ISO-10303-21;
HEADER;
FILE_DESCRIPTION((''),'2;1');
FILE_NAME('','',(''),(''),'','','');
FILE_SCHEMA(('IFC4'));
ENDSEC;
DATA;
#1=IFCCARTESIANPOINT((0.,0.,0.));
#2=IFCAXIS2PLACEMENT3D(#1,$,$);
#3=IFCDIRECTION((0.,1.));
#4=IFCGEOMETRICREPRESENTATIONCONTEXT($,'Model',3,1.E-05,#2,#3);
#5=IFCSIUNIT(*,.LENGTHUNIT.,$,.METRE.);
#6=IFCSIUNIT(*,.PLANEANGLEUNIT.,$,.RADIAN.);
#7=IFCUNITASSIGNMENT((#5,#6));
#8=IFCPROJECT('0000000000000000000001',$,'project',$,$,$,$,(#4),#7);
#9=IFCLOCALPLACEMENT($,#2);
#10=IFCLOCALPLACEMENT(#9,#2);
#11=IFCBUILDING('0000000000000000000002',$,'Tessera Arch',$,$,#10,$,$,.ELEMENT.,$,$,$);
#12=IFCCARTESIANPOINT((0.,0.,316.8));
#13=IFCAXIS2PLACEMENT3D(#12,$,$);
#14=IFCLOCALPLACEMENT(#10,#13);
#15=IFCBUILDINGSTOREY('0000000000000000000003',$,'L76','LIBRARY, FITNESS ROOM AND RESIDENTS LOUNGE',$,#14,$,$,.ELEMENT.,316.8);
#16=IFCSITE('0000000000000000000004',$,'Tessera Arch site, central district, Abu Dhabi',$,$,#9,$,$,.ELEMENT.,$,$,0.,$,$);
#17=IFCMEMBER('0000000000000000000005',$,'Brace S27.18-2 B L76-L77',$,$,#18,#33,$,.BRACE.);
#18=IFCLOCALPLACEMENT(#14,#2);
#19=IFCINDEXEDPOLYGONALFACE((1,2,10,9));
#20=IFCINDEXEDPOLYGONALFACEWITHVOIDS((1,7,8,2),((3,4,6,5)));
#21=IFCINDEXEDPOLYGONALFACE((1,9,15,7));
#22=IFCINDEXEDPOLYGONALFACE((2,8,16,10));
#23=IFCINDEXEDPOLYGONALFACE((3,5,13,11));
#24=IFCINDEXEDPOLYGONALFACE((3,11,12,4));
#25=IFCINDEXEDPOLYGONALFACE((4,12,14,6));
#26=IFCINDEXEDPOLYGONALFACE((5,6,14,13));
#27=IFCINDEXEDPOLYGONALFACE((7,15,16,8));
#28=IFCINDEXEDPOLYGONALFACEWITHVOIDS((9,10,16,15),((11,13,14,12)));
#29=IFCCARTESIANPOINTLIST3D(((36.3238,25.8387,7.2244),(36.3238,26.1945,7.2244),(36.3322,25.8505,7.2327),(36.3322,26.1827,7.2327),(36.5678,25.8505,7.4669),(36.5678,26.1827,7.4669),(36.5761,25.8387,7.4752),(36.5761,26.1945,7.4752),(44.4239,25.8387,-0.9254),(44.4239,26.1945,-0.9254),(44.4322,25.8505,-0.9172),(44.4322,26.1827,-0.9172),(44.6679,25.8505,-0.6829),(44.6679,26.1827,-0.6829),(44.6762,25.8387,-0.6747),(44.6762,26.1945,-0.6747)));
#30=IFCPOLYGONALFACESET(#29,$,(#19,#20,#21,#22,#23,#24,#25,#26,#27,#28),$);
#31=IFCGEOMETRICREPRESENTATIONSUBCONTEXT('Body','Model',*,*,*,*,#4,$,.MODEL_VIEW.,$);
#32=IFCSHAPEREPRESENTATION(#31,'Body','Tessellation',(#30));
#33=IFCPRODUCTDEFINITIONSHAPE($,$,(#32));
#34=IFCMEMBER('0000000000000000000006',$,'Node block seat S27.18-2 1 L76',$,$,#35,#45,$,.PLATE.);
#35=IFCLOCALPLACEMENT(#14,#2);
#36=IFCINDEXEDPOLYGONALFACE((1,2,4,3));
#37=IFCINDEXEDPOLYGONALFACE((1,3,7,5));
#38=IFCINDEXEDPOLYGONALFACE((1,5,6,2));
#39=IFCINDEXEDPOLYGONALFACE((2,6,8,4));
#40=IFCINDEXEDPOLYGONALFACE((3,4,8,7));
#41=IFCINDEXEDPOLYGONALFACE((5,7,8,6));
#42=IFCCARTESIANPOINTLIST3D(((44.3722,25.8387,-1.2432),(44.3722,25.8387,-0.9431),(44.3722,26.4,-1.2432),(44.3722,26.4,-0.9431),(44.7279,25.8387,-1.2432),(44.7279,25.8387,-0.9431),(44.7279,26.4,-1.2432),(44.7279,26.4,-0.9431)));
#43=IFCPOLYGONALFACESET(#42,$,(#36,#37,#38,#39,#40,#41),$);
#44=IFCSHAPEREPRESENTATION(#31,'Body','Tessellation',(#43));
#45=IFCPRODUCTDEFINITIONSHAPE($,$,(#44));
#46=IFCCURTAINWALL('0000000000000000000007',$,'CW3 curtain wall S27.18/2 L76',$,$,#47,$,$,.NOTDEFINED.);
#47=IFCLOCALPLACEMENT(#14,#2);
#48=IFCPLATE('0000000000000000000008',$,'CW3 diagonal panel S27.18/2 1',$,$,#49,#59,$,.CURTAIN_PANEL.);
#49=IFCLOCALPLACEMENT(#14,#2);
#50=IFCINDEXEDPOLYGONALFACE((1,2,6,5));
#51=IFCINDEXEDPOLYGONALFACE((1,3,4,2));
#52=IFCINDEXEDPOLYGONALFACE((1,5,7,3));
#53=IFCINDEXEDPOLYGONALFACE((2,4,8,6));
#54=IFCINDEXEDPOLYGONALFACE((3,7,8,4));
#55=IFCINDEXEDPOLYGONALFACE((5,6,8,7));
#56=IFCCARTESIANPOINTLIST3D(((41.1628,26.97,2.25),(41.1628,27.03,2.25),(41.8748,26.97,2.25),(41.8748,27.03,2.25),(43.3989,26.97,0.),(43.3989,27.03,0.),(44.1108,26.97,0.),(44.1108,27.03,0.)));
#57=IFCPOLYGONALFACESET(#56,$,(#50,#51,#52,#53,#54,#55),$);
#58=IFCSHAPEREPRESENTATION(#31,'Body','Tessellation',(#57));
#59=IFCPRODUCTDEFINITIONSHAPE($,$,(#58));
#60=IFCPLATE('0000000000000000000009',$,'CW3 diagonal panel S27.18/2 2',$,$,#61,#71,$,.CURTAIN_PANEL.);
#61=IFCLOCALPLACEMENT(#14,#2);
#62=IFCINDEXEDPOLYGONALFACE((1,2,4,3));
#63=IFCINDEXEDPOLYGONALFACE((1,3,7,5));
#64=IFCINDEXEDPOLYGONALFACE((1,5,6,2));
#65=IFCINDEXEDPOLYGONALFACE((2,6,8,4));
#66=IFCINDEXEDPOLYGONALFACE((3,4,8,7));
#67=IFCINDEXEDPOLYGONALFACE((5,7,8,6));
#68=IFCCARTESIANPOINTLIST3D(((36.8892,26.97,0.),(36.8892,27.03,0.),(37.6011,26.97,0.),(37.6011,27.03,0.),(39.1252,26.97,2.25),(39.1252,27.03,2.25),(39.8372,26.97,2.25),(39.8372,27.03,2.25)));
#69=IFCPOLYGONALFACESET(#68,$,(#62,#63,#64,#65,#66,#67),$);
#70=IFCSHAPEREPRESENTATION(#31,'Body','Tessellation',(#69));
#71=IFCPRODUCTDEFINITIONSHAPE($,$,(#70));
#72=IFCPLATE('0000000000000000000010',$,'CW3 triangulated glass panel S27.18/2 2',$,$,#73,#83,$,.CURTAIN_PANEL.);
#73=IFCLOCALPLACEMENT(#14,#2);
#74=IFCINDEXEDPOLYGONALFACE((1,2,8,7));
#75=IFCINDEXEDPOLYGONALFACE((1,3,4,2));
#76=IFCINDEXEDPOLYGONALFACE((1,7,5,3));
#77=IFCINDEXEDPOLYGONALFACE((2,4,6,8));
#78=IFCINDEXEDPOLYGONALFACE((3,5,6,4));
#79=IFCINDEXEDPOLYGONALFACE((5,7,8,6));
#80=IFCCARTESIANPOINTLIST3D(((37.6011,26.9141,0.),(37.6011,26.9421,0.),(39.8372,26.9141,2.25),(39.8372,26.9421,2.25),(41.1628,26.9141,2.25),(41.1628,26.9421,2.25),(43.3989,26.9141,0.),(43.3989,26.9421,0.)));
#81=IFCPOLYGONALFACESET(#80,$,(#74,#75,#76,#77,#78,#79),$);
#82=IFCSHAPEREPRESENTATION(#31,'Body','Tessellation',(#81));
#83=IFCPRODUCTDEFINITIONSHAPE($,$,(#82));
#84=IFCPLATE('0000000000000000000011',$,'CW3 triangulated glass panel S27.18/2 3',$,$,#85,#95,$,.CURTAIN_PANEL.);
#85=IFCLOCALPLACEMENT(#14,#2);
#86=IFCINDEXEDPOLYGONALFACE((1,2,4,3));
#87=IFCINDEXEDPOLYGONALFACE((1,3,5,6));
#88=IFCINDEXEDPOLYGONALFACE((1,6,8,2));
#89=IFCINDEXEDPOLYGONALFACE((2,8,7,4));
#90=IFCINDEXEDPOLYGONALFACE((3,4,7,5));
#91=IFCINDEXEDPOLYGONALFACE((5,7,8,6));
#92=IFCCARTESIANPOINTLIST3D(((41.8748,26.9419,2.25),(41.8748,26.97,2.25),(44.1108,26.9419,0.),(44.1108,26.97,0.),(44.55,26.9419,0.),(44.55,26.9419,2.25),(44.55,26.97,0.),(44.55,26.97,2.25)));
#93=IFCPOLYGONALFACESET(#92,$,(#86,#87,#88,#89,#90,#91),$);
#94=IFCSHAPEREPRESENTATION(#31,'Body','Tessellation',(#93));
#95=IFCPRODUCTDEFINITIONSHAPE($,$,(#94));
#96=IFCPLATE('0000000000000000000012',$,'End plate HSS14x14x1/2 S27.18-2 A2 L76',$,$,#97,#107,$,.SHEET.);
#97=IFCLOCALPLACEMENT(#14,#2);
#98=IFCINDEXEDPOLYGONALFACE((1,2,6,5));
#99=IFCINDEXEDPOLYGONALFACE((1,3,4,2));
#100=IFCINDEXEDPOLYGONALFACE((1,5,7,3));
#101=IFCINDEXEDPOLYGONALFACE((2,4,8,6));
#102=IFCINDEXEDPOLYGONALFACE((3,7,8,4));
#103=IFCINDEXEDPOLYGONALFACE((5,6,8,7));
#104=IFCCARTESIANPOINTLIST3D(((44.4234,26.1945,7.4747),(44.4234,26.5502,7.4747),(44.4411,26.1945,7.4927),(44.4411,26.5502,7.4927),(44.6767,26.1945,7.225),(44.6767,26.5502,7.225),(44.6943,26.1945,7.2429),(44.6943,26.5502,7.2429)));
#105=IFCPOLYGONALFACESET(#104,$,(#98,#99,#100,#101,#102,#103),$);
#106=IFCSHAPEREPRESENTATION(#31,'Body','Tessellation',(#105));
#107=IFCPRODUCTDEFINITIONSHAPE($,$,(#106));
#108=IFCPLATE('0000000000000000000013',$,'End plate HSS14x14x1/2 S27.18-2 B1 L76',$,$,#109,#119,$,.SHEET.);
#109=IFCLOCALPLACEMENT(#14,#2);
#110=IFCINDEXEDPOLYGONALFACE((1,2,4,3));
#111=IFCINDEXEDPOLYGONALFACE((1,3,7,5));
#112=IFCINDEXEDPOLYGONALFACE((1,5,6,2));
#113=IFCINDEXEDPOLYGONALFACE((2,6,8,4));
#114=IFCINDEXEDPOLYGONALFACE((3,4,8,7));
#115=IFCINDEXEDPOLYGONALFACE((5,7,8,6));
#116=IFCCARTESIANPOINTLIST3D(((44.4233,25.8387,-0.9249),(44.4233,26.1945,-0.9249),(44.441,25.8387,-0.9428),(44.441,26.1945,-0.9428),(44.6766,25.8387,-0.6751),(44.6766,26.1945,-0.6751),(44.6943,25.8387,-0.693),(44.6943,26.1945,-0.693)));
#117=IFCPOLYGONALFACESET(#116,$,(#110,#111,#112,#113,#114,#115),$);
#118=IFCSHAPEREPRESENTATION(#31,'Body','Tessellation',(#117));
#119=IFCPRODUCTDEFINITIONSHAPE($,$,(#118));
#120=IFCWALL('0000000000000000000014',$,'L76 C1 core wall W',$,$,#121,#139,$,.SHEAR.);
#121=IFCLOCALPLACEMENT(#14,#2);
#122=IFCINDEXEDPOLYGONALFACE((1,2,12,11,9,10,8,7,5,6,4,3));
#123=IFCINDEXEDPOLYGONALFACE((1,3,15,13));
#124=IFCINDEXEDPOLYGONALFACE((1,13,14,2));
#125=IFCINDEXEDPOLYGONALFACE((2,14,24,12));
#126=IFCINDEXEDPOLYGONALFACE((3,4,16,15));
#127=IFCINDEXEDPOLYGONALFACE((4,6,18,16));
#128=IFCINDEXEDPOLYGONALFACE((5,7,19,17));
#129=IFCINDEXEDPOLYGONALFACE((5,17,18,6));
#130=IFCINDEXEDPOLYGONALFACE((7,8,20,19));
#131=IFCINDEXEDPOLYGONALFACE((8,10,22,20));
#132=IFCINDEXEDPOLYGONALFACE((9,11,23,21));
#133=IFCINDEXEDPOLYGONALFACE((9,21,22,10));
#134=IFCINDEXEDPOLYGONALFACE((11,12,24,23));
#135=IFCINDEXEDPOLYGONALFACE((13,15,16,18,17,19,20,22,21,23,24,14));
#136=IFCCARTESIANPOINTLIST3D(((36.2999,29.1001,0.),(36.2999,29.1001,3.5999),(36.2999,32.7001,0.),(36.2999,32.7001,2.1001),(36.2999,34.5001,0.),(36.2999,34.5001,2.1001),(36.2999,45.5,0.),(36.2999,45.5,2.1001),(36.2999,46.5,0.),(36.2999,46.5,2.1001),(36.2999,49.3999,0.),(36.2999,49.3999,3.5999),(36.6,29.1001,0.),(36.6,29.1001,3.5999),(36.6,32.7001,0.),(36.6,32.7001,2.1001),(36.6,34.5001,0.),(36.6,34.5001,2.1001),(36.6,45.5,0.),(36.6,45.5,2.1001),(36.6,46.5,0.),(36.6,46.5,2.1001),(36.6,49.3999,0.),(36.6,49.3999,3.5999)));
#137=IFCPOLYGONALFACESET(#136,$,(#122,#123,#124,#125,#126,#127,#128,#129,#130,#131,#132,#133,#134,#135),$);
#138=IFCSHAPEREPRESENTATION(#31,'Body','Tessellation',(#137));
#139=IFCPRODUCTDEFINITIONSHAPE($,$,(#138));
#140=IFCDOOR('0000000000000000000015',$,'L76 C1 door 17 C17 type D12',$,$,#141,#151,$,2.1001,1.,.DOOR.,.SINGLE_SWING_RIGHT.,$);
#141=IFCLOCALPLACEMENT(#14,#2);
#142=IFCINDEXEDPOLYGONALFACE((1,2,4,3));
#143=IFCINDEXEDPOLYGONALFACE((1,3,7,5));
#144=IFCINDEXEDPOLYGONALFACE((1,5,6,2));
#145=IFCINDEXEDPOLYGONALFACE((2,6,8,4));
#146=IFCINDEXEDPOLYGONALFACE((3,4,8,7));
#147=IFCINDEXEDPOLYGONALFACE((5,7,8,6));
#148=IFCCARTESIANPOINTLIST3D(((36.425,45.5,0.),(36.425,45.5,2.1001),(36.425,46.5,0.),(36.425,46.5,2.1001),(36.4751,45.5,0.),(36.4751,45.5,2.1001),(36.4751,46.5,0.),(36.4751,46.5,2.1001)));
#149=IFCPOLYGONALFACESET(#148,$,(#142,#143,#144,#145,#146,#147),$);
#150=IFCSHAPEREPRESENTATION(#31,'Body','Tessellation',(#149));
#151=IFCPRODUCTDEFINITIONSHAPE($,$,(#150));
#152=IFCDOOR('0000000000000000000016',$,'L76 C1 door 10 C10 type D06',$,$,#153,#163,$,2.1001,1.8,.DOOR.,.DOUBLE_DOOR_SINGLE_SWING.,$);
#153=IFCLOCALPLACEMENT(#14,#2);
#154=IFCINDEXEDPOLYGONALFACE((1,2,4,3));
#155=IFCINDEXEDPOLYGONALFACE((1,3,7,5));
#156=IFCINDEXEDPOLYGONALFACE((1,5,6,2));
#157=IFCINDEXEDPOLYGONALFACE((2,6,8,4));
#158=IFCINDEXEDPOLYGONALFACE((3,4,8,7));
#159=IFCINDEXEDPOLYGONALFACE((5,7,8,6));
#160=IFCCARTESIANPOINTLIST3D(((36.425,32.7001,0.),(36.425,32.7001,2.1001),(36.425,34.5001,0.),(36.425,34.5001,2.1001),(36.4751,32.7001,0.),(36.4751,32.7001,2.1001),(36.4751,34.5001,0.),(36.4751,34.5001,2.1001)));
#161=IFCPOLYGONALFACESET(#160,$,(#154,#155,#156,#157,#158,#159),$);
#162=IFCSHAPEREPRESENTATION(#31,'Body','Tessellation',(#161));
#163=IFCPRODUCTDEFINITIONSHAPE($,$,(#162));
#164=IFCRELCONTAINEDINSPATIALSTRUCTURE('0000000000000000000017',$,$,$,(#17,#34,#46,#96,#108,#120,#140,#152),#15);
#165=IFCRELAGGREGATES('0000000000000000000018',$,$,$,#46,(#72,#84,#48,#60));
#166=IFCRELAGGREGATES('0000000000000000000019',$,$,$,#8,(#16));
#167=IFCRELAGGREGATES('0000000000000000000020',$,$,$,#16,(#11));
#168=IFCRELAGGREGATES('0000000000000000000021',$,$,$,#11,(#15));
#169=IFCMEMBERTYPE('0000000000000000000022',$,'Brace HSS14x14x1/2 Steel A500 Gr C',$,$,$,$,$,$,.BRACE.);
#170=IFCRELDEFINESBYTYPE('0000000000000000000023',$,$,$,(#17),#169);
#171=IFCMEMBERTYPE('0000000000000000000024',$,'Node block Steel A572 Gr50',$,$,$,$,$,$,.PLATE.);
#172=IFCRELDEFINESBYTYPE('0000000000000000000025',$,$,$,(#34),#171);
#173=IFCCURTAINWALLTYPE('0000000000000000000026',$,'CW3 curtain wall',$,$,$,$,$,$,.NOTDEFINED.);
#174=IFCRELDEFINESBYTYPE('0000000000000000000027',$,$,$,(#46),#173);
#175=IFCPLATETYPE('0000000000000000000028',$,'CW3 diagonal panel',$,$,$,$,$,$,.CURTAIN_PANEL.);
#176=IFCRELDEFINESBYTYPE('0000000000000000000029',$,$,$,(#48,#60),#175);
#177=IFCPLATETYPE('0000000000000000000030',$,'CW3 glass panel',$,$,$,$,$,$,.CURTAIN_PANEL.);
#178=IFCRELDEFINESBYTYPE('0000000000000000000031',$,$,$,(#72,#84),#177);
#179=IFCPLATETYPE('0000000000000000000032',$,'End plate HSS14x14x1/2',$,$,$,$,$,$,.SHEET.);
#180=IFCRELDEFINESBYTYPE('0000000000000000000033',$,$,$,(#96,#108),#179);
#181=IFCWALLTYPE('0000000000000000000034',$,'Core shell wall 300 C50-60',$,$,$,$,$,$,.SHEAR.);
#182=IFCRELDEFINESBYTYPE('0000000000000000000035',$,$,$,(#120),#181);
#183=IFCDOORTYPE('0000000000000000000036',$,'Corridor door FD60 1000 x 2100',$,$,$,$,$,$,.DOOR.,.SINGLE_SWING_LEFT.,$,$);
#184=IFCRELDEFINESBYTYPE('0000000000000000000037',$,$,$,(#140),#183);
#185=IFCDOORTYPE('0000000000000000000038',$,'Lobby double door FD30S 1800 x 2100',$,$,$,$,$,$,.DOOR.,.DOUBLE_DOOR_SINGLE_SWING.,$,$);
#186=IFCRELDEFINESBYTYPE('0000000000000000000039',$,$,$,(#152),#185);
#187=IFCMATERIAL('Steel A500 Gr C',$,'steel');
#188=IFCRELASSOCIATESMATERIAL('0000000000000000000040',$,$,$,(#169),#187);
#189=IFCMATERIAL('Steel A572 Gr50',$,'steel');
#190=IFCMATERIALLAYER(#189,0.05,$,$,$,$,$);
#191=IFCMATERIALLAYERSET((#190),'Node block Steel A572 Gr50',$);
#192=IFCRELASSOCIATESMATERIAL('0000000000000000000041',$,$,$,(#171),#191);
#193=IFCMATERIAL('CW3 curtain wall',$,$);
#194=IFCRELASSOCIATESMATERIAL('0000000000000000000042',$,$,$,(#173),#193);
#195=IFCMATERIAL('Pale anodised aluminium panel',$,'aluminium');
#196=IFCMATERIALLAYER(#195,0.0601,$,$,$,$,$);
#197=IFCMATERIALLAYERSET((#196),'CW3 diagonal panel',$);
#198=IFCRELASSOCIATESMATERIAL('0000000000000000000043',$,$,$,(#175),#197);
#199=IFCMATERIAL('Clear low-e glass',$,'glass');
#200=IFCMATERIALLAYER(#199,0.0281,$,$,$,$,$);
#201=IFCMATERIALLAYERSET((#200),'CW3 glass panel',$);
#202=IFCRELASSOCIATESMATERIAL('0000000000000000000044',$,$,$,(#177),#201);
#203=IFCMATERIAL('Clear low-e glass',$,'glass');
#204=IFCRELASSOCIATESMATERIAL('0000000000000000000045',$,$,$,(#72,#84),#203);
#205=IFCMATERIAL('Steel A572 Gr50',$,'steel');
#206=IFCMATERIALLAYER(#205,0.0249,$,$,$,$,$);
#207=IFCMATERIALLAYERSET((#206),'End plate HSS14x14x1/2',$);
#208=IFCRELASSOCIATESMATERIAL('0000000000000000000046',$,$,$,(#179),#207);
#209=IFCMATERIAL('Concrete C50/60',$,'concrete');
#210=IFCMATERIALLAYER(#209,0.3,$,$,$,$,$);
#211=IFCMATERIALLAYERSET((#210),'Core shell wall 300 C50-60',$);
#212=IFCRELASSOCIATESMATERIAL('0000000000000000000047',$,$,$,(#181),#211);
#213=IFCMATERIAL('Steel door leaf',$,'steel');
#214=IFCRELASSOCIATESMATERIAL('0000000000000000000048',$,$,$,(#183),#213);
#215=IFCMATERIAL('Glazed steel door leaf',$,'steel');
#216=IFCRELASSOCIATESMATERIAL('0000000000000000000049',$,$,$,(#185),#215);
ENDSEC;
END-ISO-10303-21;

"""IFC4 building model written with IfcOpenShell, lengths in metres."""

from ifc_helpers import new_model, si_unit, direction, frame, frame_2d, origin, origin_2d, place, context, subcontext, project, spatial, polyline, rectangle, hollow_rectangle, outline, extrude, material, layer, layer_set, material_profile, profile_set, type_object, element, fill, aggregate, save


model = new_model("IFC4")

# Units and contexts
model_context = context("Model", 3, precision=1e-05, world=origin(), true_north=direction((0.0, 1.0)))
body_context = subcontext(model_context, "Body", "Model", "MODEL_VIEW")
ifc_project = project(units=[si_unit("LENGTHUNIT", "METRE"), si_unit("PLANEANGLEUNIT", "RADIAN")], contexts=[model_context])

# Site, building, storey
site_placement = place(None, origin())
site = spatial("IfcSite", under=ifc_project, at=site_placement, Name="Tessera Arch site, central district, Abu Dhabi", CompositionType="ELEMENT", RefElevation=0.0)
building_placement = place(site_placement, origin())
building = spatial("IfcBuilding", under=site, at=building_placement, Name="Tessera Arch", CompositionType="ELEMENT")
storey_placement = place(building_placement, frame((0.0, 0.0, 316.8)))
storey = spatial("IfcBuildingStorey", under=building, at=storey_placement, Name="L76", Description="LIBRARY, FITNESS ROOM AND RESIDENTS LOUNGE", CompositionType="ELEMENT", Elevation=316.8)

# Members
ifc_material_1 = material(Name="Steel A500 Gr C", Category="steel")
ifc_material_profile = material_profile(ifc_material_1, hollow_rectangle(XDim=0.3557, YDim=0.3557, WallThickness=0.0117, at=origin_2d()), Name="HSS14x14x1/2")
ifc_profile_set = profile_set([ifc_material_profile], Name="Steel A500 Gr C")
member_type_1 = type_object("IfcMemberType", Name="Brace HSS14x14x1/2 Steel A500 Gr C", PredefinedType="BRACE", material=ifc_profile_set)
member_1_placement = place(storey_placement, frame((44.55, 26.0166, -0.8), z_axis=(-0.704936, 0.0, 0.709271), x_axis=(0.0, -1.0, 0.0)))
element("IfcMember", 1, at=member_1_placement, inside=storey, type_object=member_type_1, Name="Brace S27.18-2 B L76-L77", PredefinedType="BRACE", context=body_context, shape_type="SweptSolid", body=[
    extrude(hollow_rectangle(XDim=0.3557, YDim=0.3557, WallThickness=0.0117, at=origin_2d()), origin(), (0.0, 0.0, 1.0), 11.4905),
])
ifc_material_2 = material(Name="Steel A572 Gr50", Category="steel")
ifc_layer_1 = layer(ifc_material_2, 0.05)
ifc_layer_set_1 = layer_set([ifc_layer_1], Name="Node block Steel A572 Gr50")
member_type_2 = type_object("IfcMemberType", Name="Node block Steel A572 Gr50", PredefinedType="PLATE", material=ifc_layer_set_1)
member_2_placement = place(storey_placement, frame((44.55, 26.1194, -1.2432), z_axis=(0.0, 0.0, 1.0), x_axis=(1.0, 0.0, 0.0)))
element("IfcMember", 2, at=member_2_placement, inside=storey, type_object=member_type_2, Name="Node block seat S27.18-2 1 L76", PredefinedType="PLATE", context=body_context, shape_type="SweptSolid", body=[
    extrude(rectangle(XDim=0.3557, YDim=0.5613, at=origin_2d()), origin(), (0.0, 0.0, 1.0), 0.3),
])

# Curtain wall, plates
ifc_material_3 = material(Name="CW3 curtain wall")
curtain_wall_type = type_object("IfcCurtainWallType", Name="CW3 curtain wall", PredefinedType="NOTDEFINED", material=ifc_material_3)
curtain_wall_placement = place(storey_placement, origin())
curtain_wall = element("IfcCurtainWall", 3, at=curtain_wall_placement, inside=storey, type_object=curtain_wall_type, Name="CW3 curtain wall S27.18/2 L76", PredefinedType="NOTDEFINED")
ifc_material_4 = material(Name="Pale anodised aluminium panel", Category="aluminium")
ifc_layer_2 = layer(ifc_material_4, 0.0601)
ifc_layer_set_2 = layer_set([ifc_layer_2], Name="CW3 diagonal panel")
plate_type_1 = type_object("IfcPlateType", Name="CW3 diagonal panel", PredefinedType="CURTAIN_PANEL", material=ifc_layer_set_2)
plate_1_placement = place(storey_placement, frame((41.8748, 26.97, 2.25), z_axis=(0.0, -1.0, 0.0), x_axis=(-1.0, 0.0, 0.0)))
plate_1 = element("IfcPlate", 4, at=plate_1_placement, type_object=plate_type_1, Name="CW3 diagonal panel S27.18/2 1", PredefinedType="CURTAIN_PANEL", context=body_context, shape_type="SweptSolid", body=[
    extrude(outline(polyline([(0.0, 0.0), (0.7119, 0.0), (-1.5242, 2.25), (-2.2361, 2.25), (0.0, 0.0)])), origin(), (0.0, 0.0, -1.0), 0.0601),
])
plate_2_placement = place(storey_placement, frame((39.8372, 26.97, 2.25), z_axis=(0.0, -1.0, 0.0), x_axis=(-1.0, 0.0, 0.0)))
plate_2 = element("IfcPlate", 5, at=plate_2_placement, type_object=plate_type_1, Name="CW3 diagonal panel S27.18/2 2", PredefinedType="CURTAIN_PANEL", context=body_context, shape_type="SweptSolid", body=[
    extrude(outline(polyline([(0.0, 0.0), (0.7119, 0.0), (2.948, 2.25), (2.2361, 2.25), (0.0, 0.0)])), origin(), (0.0, 0.0, -1.0), 0.0601),
])
ifc_material_5 = material(Name="Clear low-e glass", Category="glass")
ifc_material_6 = material(Name="Clear low-e glass", Category="glass")
ifc_layer_3 = layer(ifc_material_6, 0.0281)
ifc_layer_set_3 = layer_set([ifc_layer_3], Name="CW3 glass panel")
plate_type_2 = type_object("IfcPlateType", Name="CW3 glass panel", PredefinedType="CURTAIN_PANEL", material=ifc_layer_set_3)
plate_3_placement = place(storey_placement, frame((41.1628, 26.9141, 2.25), z_axis=(0.0, -1.0, 0.0), x_axis=(-1.0, 0.0, 0.0)))
plate_3 = element("IfcPlate", 6, at=plate_3_placement, type_object=plate_type_2, material=ifc_material_5, Name="CW3 triangulated glass panel S27.18/2 2", PredefinedType="CURTAIN_PANEL", context=body_context, shape_type="SweptSolid", body=[
    extrude(outline(polyline([(0.0, 0.0), (1.3257, 0.0), (3.5618, 2.25), (-2.2361, 2.25), (0.0, 0.0)])), origin(), (0.0, 0.0, -1.0), 0.0281),
])
plate_4_placement = place(storey_placement, frame((44.55, 26.9419, 2.25), z_axis=(0.0, -1.0, 0.0), x_axis=(-1.0, 0.0, 0.0)))
plate_4 = element("IfcPlate", 7, at=plate_4_placement, type_object=plate_type_2, material=ifc_material_5, Name="CW3 triangulated glass panel S27.18/2 3", PredefinedType="CURTAIN_PANEL", context=body_context, shape_type="SweptSolid", body=[
    extrude(outline(polyline([(0.0, 0.0), (2.6753, 0.0), (0.4392, 2.25), (0.0, 2.25), (0.0, 0.0)])), origin(), (0.0, 0.0, -1.0), 0.0281),
])
aggregate(curtain_wall, [plate_3, plate_4, plate_1, plate_2])

# Plates
ifc_material_7 = material(Name="Steel A572 Gr50", Category="steel")
ifc_layer_4 = layer(ifc_material_7, 0.0249)
ifc_layer_set_4 = layer_set([ifc_layer_4], Name="End plate HSS14x14x1/2")
plate_type_3 = type_object("IfcPlateType", Name="End plate HSS14x14x1/2", PredefinedType="SHEET", material=ifc_layer_set_4)
for number, where, z_axis, x_axis, name in (
    (8, (44.55, 26.3723, 7.3499), (0.702213, 0.0, 0.711966), (0.0, 1.0, 0.0), "End plate HSS14x14x1/2 S27.18-2 A2 L76"),
    (9, (44.5676, 26.0166, -0.8179), (-0.702213, 0.0, 0.711966), (0.0, -1.0, 0.0), "End plate HSS14x14x1/2 S27.18-2 B1 L76"),
):
    element("IfcPlate", number, at=place(storey_placement, frame(where, z_axis=z_axis, x_axis=x_axis)), inside=storey, type_object=plate_type_3, Name=name, PredefinedType="SHEET", context=body_context, shape_type="SweptSolid", body=[
        extrude(rectangle(XDim=0.3557, YDim=0.3557, at=origin_2d()), origin(), (0.0, 0.0, 1.0), 0.0251),
    ])

# Wall, openings, doors
ifc_material_8 = material(Name="Concrete C50/60", Category="concrete")
ifc_layer_5 = layer(ifc_material_8, 0.3)
ifc_layer_set_5 = layer_set([ifc_layer_5], Name="Core shell wall 300 C50-60")
wall_type_1 = type_object("IfcWallType", Name="Core shell wall 300 C50-60", PredefinedType="SHEAR", material=ifc_layer_set_5)
wall_1_placement = place(storey_placement, frame((36.45, 29.1001, 0.0), z_axis=(0.0, 0.0, 1.0), x_axis=(0.0, 1.0, 0.0)))
wall_1 = element("IfcWall", 10, at=wall_1_placement, inside=storey, type_object=wall_type_1, Name="L76 C1 core wall W", PredefinedType="SHEAR", context=body_context, shape_type="SweptSolid", body=[
    extrude(rectangle(XDim=20.2998, YDim=0.3, at=frame_2d((10.1499, 0.0))), origin(), (0.0, 0.0, 1.0), 3.5999),
])
opening_1_placement = place(wall_1_placement, frame((3.6001, 0.0, 0.0)))
opening_1 = element("IfcOpeningElement", 11, at=opening_1_placement, cuts=wall_1, PredefinedType="OPENING", context=body_context, shape_type="SweptSolid", body=[
    extrude(rectangle(XDim=1.8, YDim=2.1001, at=frame_2d((0.8999, 1.05))), frame((0.0, 0.1599, 0.0), z_axis=(0.0, -1.0, 0.0), x_axis=(1.0, 0.0, 0.0)), (0.0, 0.0, 1.0), 0.3201),
])
opening_2_placement = place(wall_1_placement, frame((16.3999, 0.0, 0.0)))
opening_2 = element("IfcOpeningElement", 12, at=opening_2_placement, cuts=wall_1, PredefinedType="OPENING", context=body_context, shape_type="SweptSolid", body=[
    extrude(rectangle(XDim=1.0, YDim=2.1001, at=frame_2d((0.5, 1.05))), frame((0.0, 0.1599, 0.0), z_axis=(0.0, -1.0, 0.0), x_axis=(1.0, 0.0, 0.0)), (0.0, 0.0, 1.0), 0.3201),
])
ifc_material_9 = material(Name="Steel door leaf", Category="steel")
door_type_1 = type_object("IfcDoorType", Name="Corridor door FD60 1000 x 2100", OperationType="SINGLE_SWING_LEFT", PredefinedType="DOOR", material=ifc_material_9)
door_1_placement = place(opening_2_placement, origin())
door_1 = element("IfcDoor", 13, at=door_1_placement, inside=storey, type_object=door_type_1, Name="L76 C1 door 17 C17 type D12", OperationType="SINGLE_SWING_RIGHT", OverallHeight=2.1001, OverallWidth=1.0, PredefinedType="DOOR", context=body_context, shape_type="SweptSolid", body=[
    extrude(rectangle(XDim=1.0, YDim=2.1001, at=frame_2d((0.5, 1.05))), frame((0.0, 0.0249, 0.0), z_axis=(0.0, -1.0, 0.0), x_axis=(1.0, 0.0, 0.0)), (0.0, 0.0, 1.0), 0.05),
])
fill(opening_2, door_1)
ifc_material_10 = material(Name="Glazed steel door leaf", Category="steel")
door_type_2 = type_object("IfcDoorType", Name="Lobby double door FD30S 1800 x 2100", OperationType="DOUBLE_DOOR_SINGLE_SWING", PredefinedType="DOOR", material=ifc_material_10)
door_2_placement = place(opening_1_placement, origin())
door_2 = element("IfcDoor", 14, at=door_2_placement, inside=storey, type_object=door_type_2, Name="L76 C1 door 10 C10 type D06", OperationType="DOUBLE_DOOR_SINGLE_SWING", OverallHeight=2.1001, OverallWidth=1.8, PredefinedType="DOOR", context=body_context, shape_type="SweptSolid", body=[
    extrude(rectangle(XDim=1.8, YDim=2.1001, at=frame_2d((0.8999, 1.05))), frame((0.0, 0.0249, 0.0), z_axis=(0.0, -1.0, 0.0), x_axis=(1.0, 0.0, 0.0)), (0.0, 0.0, 1.0), 0.05),
])
fill(opening_1, door_2)

save(model, "model.ifc")
